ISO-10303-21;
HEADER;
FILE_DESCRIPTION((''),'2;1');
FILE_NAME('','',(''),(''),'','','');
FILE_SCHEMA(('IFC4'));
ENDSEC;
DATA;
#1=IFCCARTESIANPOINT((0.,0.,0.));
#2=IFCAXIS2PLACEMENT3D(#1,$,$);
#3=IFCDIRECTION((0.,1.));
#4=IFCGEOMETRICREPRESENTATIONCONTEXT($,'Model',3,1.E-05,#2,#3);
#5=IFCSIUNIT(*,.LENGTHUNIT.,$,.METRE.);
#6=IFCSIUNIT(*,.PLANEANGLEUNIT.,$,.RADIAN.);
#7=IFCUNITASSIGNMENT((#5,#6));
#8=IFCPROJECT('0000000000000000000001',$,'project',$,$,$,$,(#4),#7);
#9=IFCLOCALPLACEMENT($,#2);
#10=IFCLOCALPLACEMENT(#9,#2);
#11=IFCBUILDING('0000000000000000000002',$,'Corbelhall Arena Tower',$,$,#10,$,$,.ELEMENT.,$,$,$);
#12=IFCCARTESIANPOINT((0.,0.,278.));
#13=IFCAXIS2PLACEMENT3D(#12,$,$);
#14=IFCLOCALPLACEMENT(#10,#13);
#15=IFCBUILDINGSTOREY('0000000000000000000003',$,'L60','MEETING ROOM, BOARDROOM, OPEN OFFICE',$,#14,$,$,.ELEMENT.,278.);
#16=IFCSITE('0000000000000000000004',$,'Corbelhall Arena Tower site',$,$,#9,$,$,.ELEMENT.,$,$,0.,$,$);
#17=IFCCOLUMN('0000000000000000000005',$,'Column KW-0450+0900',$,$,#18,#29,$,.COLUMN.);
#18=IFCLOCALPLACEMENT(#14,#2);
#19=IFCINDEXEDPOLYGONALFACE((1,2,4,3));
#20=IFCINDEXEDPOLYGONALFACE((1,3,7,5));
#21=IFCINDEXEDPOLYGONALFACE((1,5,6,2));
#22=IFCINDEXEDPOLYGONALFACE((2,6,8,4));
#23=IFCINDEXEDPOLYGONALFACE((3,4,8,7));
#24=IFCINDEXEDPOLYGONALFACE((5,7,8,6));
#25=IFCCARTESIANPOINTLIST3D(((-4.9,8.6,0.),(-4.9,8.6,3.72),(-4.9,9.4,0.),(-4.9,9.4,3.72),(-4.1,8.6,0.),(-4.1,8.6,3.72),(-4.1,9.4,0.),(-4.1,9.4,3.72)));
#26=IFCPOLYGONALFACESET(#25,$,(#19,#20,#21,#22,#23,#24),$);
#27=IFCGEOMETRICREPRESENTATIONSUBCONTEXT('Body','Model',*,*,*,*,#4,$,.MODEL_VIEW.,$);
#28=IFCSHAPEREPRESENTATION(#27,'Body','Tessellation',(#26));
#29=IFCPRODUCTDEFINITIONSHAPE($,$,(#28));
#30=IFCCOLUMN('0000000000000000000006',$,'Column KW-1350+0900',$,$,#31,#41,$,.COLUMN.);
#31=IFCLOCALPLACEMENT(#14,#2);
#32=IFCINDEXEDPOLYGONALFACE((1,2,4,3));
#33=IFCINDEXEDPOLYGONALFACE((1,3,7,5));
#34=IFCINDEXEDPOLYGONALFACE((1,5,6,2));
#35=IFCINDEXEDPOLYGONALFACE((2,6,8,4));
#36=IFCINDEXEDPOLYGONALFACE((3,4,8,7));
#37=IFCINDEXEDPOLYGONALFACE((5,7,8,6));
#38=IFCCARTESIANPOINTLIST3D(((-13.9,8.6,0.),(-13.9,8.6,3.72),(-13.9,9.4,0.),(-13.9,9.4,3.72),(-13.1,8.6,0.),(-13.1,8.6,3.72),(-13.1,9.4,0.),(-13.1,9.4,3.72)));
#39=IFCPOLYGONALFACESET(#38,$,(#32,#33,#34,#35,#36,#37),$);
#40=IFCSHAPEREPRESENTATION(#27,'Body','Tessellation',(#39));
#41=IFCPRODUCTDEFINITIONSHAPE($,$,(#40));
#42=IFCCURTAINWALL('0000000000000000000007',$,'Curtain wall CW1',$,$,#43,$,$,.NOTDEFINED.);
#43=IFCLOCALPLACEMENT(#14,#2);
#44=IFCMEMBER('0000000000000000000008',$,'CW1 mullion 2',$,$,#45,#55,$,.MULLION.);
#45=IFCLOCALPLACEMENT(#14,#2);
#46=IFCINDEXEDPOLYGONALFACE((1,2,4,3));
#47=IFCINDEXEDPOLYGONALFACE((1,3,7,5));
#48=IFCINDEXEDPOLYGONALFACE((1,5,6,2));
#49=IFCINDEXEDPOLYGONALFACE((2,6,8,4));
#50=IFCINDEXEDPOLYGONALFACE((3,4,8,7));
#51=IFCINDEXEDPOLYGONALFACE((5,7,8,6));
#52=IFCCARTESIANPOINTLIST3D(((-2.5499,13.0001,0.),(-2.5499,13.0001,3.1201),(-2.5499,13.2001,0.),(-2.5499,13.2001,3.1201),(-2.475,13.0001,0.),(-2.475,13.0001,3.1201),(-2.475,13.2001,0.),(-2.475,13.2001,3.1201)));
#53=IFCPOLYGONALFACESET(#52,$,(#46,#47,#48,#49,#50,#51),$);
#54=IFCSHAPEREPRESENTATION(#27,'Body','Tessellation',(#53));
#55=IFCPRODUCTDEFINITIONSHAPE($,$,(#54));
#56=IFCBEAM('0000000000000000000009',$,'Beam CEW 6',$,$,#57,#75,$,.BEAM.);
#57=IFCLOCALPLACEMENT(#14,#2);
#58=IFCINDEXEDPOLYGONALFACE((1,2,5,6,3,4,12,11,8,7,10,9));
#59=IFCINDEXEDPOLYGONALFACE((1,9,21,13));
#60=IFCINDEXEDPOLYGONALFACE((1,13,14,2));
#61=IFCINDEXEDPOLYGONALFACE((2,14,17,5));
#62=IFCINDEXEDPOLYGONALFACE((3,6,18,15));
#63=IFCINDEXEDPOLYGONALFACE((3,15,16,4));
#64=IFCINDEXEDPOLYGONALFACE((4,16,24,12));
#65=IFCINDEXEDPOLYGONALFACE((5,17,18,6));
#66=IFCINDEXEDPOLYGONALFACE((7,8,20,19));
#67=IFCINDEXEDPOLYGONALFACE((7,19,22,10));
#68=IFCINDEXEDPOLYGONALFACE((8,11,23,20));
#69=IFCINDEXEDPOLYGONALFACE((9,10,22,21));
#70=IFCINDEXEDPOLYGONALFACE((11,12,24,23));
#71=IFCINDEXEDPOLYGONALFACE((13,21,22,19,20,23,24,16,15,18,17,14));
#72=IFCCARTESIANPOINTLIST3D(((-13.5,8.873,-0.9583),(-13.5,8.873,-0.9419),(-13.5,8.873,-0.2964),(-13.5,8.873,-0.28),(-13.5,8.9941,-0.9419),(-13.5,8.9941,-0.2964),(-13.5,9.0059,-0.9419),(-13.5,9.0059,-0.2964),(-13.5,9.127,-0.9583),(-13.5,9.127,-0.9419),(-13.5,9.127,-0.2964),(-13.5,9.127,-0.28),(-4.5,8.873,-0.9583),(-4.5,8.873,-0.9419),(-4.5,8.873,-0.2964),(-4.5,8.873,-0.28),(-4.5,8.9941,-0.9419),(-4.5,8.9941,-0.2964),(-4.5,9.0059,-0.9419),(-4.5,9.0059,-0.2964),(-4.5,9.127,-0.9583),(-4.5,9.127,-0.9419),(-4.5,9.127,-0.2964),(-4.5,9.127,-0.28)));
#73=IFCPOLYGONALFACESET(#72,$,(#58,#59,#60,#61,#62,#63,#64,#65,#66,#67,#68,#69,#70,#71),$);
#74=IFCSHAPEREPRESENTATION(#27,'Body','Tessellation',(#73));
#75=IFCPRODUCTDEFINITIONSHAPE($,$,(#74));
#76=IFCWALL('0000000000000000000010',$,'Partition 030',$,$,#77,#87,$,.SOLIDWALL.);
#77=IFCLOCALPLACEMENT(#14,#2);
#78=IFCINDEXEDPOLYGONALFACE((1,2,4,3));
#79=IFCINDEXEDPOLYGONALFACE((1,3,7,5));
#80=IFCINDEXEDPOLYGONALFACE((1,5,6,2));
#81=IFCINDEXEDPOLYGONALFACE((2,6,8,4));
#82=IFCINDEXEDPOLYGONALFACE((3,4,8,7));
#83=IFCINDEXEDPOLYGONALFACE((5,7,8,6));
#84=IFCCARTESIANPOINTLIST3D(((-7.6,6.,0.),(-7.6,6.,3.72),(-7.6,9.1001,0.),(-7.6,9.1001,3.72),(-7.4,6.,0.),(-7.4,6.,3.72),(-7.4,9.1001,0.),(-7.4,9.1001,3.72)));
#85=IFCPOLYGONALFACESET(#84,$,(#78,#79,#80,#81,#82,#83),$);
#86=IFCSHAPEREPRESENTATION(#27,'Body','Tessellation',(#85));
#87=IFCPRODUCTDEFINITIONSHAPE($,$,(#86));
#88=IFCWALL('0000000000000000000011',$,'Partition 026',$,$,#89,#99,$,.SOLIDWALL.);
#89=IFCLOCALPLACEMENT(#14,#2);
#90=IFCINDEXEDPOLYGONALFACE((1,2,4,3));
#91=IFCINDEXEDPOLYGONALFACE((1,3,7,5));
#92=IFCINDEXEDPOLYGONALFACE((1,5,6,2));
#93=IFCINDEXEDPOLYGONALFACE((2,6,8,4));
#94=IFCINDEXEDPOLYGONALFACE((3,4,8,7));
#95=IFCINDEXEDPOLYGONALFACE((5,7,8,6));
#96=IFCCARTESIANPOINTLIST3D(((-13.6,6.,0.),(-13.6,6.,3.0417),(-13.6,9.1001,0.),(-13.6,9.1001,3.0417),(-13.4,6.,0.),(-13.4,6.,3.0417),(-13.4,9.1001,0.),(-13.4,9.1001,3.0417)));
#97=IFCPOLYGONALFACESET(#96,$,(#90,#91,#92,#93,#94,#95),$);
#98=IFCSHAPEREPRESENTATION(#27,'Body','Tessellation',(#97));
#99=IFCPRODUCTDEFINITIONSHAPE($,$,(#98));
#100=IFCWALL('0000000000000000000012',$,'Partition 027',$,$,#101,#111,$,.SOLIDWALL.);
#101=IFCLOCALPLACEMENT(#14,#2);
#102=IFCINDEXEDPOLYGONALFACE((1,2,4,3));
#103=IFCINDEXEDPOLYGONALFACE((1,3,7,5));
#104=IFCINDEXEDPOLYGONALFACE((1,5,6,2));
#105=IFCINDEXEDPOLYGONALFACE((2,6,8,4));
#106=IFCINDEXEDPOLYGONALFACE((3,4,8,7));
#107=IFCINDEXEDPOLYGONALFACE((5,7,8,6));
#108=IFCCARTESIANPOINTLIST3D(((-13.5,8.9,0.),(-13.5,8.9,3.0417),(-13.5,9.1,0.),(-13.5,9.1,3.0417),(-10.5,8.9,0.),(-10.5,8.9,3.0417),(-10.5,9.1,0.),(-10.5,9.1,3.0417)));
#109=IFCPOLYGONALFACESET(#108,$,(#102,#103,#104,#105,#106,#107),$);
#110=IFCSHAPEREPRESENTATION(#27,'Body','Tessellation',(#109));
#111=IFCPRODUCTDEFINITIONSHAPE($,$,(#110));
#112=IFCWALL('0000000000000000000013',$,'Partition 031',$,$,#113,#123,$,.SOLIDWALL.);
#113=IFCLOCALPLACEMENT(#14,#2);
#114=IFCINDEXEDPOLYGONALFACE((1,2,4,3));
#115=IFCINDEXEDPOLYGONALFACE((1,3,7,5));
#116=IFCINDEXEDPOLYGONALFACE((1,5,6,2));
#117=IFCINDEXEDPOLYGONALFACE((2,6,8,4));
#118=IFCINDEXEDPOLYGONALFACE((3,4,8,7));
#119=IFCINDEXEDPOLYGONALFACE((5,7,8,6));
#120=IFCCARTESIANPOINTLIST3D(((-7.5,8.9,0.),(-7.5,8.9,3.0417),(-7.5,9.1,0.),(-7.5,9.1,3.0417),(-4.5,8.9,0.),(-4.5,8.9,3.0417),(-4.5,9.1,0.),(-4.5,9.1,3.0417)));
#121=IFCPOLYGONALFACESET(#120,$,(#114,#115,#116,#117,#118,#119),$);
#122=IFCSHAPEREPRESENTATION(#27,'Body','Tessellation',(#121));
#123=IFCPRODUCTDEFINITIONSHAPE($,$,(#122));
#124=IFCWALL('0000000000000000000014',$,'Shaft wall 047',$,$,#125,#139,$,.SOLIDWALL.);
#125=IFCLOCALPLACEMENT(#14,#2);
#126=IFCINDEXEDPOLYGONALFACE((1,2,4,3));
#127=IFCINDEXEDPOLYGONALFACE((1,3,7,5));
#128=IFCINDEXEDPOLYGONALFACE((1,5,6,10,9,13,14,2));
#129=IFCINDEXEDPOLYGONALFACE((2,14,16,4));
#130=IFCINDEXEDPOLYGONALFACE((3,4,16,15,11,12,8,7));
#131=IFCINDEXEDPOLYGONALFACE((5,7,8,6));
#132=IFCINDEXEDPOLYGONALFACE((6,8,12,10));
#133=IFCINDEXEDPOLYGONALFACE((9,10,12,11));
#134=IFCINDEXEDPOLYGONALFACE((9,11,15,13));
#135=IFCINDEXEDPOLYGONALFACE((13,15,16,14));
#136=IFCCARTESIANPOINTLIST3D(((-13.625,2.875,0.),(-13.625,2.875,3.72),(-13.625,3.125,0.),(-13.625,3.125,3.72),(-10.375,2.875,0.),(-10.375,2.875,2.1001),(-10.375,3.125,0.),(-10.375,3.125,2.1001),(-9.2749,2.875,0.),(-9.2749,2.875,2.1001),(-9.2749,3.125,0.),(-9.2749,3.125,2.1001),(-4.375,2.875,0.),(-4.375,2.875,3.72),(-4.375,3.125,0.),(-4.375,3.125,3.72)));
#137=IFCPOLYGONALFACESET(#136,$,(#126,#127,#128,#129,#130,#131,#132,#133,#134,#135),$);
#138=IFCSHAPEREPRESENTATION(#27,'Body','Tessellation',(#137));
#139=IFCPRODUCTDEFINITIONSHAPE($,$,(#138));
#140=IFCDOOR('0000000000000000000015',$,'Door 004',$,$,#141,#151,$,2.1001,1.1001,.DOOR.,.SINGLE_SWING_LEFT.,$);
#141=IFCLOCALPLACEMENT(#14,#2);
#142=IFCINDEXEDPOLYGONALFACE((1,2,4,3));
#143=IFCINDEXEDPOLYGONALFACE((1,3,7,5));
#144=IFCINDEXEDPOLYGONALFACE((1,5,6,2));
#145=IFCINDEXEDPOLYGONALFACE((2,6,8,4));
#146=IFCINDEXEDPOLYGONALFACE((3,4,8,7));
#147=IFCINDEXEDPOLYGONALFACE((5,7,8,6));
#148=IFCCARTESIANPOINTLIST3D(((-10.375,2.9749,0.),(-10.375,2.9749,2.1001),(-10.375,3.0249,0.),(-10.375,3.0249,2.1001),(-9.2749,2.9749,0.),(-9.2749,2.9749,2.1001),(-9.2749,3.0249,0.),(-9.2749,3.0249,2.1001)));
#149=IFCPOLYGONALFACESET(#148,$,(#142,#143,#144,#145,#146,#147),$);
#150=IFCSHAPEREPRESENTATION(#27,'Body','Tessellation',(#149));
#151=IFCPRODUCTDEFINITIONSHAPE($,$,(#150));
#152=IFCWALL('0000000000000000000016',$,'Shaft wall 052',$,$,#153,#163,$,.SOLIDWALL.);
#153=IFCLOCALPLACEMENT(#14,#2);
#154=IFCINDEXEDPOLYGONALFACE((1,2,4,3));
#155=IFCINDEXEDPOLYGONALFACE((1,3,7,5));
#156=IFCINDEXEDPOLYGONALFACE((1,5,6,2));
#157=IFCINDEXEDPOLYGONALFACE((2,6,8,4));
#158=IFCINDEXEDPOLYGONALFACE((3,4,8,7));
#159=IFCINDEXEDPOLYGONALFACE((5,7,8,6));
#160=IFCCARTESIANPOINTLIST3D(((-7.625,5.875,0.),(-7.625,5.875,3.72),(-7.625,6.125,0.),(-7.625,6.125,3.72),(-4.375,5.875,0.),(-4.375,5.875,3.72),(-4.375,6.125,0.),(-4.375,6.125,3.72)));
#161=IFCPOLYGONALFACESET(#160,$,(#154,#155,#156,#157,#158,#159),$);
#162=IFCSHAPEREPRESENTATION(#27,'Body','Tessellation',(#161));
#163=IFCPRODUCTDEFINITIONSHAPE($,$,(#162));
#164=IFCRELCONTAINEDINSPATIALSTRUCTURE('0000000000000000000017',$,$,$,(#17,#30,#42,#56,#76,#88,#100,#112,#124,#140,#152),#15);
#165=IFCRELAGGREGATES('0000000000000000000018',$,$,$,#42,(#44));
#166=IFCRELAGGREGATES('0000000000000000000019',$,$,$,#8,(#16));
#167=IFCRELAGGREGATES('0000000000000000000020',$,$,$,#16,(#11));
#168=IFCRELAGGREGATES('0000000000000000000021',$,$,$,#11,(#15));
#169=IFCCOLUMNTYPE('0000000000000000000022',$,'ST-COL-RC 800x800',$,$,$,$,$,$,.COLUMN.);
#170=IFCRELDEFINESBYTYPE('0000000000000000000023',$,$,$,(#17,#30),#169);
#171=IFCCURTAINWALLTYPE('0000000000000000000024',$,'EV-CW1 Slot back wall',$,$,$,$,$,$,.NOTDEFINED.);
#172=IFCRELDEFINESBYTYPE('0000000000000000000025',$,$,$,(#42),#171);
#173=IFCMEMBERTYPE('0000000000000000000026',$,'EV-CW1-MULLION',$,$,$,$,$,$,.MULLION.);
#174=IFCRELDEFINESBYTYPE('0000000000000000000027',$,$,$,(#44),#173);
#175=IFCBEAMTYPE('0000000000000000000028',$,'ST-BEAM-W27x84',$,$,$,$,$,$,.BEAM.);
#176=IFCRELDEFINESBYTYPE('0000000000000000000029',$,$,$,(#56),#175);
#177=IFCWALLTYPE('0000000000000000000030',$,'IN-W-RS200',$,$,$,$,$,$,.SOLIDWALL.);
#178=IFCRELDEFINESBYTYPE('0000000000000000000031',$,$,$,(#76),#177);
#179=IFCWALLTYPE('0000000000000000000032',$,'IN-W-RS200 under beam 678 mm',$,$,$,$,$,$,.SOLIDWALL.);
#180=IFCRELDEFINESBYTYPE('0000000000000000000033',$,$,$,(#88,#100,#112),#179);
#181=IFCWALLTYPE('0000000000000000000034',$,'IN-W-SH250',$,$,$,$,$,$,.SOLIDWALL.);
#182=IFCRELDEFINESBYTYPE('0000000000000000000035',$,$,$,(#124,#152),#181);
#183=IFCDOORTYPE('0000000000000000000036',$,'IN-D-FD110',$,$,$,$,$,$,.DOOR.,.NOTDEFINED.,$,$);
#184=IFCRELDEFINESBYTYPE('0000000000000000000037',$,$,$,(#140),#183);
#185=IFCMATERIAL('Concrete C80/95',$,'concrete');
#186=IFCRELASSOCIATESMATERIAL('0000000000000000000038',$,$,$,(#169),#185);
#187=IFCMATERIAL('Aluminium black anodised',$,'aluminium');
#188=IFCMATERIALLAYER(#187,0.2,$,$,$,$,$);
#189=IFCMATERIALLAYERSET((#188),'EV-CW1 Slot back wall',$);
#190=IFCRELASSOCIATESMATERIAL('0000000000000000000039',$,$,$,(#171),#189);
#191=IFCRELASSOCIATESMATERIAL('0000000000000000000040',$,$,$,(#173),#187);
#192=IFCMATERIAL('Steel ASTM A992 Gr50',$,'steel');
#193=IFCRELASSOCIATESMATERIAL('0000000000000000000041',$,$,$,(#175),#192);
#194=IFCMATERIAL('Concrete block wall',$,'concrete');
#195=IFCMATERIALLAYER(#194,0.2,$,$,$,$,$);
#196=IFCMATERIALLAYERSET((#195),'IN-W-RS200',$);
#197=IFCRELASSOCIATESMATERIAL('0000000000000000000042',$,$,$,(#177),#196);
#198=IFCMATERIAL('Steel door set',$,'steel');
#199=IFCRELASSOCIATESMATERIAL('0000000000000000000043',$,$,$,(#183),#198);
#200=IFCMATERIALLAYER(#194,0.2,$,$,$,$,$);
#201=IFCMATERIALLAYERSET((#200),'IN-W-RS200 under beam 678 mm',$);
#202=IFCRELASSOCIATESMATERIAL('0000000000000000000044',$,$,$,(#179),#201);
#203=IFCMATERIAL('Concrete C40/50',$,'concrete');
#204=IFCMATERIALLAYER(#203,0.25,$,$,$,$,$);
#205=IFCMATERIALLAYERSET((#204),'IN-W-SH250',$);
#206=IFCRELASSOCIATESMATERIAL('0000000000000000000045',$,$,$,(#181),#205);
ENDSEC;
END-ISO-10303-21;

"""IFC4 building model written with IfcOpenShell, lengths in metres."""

from ifc_helpers import new_model, si_unit, direction, frame, frame_2d, origin, origin_2d, place, context, subcontext, project, spatial, rectangle, i_section, extrude, material, layer, layer_set, material_profile, profile_set, type_object, element, fill, aggregate, save


model = new_model("IFC4")

# Units and contexts
model_context = context("Model", 3, precision=1e-05, world=origin(), true_north=direction((0.0, 1.0)))
body_context = subcontext(model_context, "Body", "Model", "MODEL_VIEW")
ifc_project = project(units=[si_unit("LENGTHUNIT", "METRE"), si_unit("PLANEANGLEUNIT", "RADIAN")], contexts=[model_context])

# Site, building, storey
site_placement = place(None, origin())
site = spatial("IfcSite", under=ifc_project, at=site_placement, Name="Corbelhall Arena Tower site", CompositionType="ELEMENT", RefElevation=0.0)
building_placement = place(site_placement, origin())
building = spatial("IfcBuilding", under=site, at=building_placement, Name="Corbelhall Arena Tower", CompositionType="ELEMENT")
storey_placement = place(building_placement, frame((0.0, 0.0, 278.0)))
storey = spatial("IfcBuildingStorey", under=building, at=storey_placement, Name="L60", Description="MEETING ROOM, BOARDROOM, OPEN OFFICE", CompositionType="ELEMENT", Elevation=278.0)

# Columns
ifc_material_1 = material(Name="Concrete C80/95", Category="concrete")
ifc_material_profile_1 = material_profile(ifc_material_1, rectangle(XDim=0.8, YDim=0.8, at=origin_2d()))
ifc_profile_set_1 = profile_set([ifc_material_profile_1], Name="Concrete C80/95")
column_type = type_object("IfcColumnType", Name="ST-COL-RC 800x800", PredefinedType="COLUMN", material=ifc_profile_set_1)
for number, where, z_axis, x_axis, name in (
    (1, (-4.5, 9.0, 0.0), (0.0, 0.0, 1.0), (1.0, 0.0, 0.0), "Column KW-0450+0900"),
    (2, (-13.5, 9.0, 0.0), (0.0, 0.0, 1.0), (1.0, 0.0, 0.0), "Column KW-1350+0900"),
):
    element("IfcColumn", number, at=place(storey_placement, frame(where, z_axis=z_axis, x_axis=x_axis)), inside=storey, type_object=column_type, Name=name, PredefinedType="COLUMN", context=body_context, shape_type="SweptSolid", body=[
        extrude(rectangle(XDim=0.8, YDim=0.8, at=origin_2d()), origin(), (0.0, 0.0, 1.0), 3.72),
    ])

# Curtain wall, member
ifc_material_2 = material(Name="Aluminium black anodised", Category="aluminium")
ifc_layer_1 = layer(ifc_material_2, 0.2)
ifc_layer_set_1 = layer_set([ifc_layer_1], Name="EV-CW1 Slot back wall")
curtain_wall_type = type_object("IfcCurtainWallType", Name="EV-CW1 Slot back wall", PredefinedType="NOTDEFINED", material=ifc_layer_set_1)
curtain_wall_placement = place(storey_placement, origin())
curtain_wall = element("IfcCurtainWall", 3, at=curtain_wall_placement, inside=storey, type_object=curtain_wall_type, Name="Curtain wall CW1", PredefinedType="NOTDEFINED")
ifc_material_profile_2 = material_profile(ifc_material_2, rectangle(XDim=0.2, YDim=0.075, at=origin_2d()))
ifc_profile_set_2 = profile_set([ifc_material_profile_2], Name="Aluminium black anodised")
member_type = type_object("IfcMemberType", Name="EV-CW1-MULLION", PredefinedType="MULLION", material=ifc_profile_set_2)
member_placement = place(storey_placement, frame((-2.5125, 13.1001, 0.0), z_axis=(0.0, 0.0, 1.0), x_axis=(0.0, -1.0, 0.0)))
member = element("IfcMember", 4, at=member_placement, type_object=member_type, Name="CW1 mullion 2", PredefinedType="MULLION", context=body_context, shape_type="SweptSolid", body=[
    extrude(rectangle(XDim=0.2, YDim=0.075, at=origin_2d()), origin(), (0.0, 0.0, 1.0), 3.1201),
])
aggregate(curtain_wall, [member])

# Beam
ifc_material_3 = material(Name="Steel ASTM A992 Gr50", Category="steel")
ifc_material_profile_3 = material_profile(ifc_material_3, i_section(OverallWidth=0.2539, OverallDepth=0.6782, WebThickness=0.0117, FlangeThickness=0.0164, at=origin_2d()))
ifc_profile_set_3 = profile_set([ifc_material_profile_3], Name="Steel ASTM A992 Gr50")
beam_type = type_object("IfcBeamType", Name="ST-BEAM-W27x84", PredefinedType="BEAM", material=ifc_profile_set_3)
beam_placement = place(storey_placement, frame((-13.5, 9.0, -0.6191), z_axis=(1.0, 0.0, 0.0), x_axis=(0.0, 1.0, 0.0)))
element("IfcBeam", 5, at=beam_placement, inside=storey, type_object=beam_type, Name="Beam CEW 6", PredefinedType="BEAM", context=body_context, shape_type="SweptSolid", body=[
    extrude(i_section(OverallWidth=0.2539, OverallDepth=0.6782, WebThickness=0.0117, FlangeThickness=0.0164, at=origin_2d()), origin(), (0.0, 0.0, 1.0), 9.0),
])

# Shared definitions
ifc_material_4 = material(Name="Concrete block wall", Category="concrete")
ifc_layer_2 = layer(ifc_material_4, 0.2)
ifc_layer_set_2 = layer_set([ifc_layer_2], Name="IN-W-RS200")
wall_type_1 = type_object("IfcWallType", Name="IN-W-RS200", PredefinedType="SOLIDWALL", material=ifc_layer_set_2)
ifc_material_5 = material(Name="Steel door set", Category="steel")
door_type_1 = type_object("IfcDoorType", Name="IN-D-FD110", OperationType="NOTDEFINED", PredefinedType="DOOR", material=ifc_material_5)

# Walls
wall_1_placement = place(storey_placement, frame((-7.5, 6.0, 0.0), z_axis=(0.0, 0.0, 1.0), x_axis=(0.0, 1.0, 0.0)))
element("IfcWall", 6, at=wall_1_placement, inside=storey, type_object=wall_type_1, Name="Partition 030", PredefinedType="SOLIDWALL", context=body_context, shape_type="SweptSolid", body=[
    extrude(rectangle(XDim=3.1001, YDim=0.2, at=frame_2d((1.55, 0.0))), origin(), (0.0, 0.0, 1.0), 3.72),
])
ifc_layer_3 = layer(ifc_material_4, 0.2)
ifc_layer_set_3 = layer_set([ifc_layer_3], Name="IN-W-RS200 under beam 678 mm")
wall_type_2 = type_object("IfcWallType", Name="IN-W-RS200 under beam 678 mm", PredefinedType="SOLIDWALL", material=ifc_layer_set_3)
wall_2_placement = place(storey_placement, frame((-13.5, 6.0, 0.0), z_axis=(0.0, 0.0, 1.0), x_axis=(0.0, 1.0, 0.0)))
element("IfcWall", 7, at=wall_2_placement, inside=storey, type_object=wall_type_2, Name="Partition 026", PredefinedType="SOLIDWALL", context=body_context, shape_type="SweptSolid", body=[
    extrude(rectangle(XDim=3.1001, YDim=0.2, at=frame_2d((1.55, 0.0))), origin(), (0.0, 0.0, 1.0), 3.0417),
])
for number, where, z_axis, x_axis, name in (
    (8, (-13.5, 9.0, 0.0), (0.0, 0.0, 1.0), (1.0, 0.0, 0.0), "Partition 027"),
    (9, (-7.5, 9.0, 0.0), (0.0, 0.0, 1.0), (1.0, 0.0, 0.0), "Partition 031"),
):
    element("IfcWall", number, at=place(storey_placement, frame(where, z_axis=z_axis, x_axis=x_axis)), inside=storey, type_object=wall_type_2, Name=name, PredefinedType="SOLIDWALL", context=body_context, shape_type="SweptSolid", body=[
        extrude(rectangle(XDim=3.0, YDim=0.2, at=frame_2d((1.5, 0.0))), origin(), (0.0, 0.0, 1.0), 3.0417),
    ])

# Wall, opening, door
ifc_material_6 = material(Name="Concrete C40/50", Category="concrete")
ifc_layer_4 = layer(ifc_material_6, 0.25)
ifc_layer_set_4 = layer_set([ifc_layer_4], Name="IN-W-SH250")
wall_type_3 = type_object("IfcWallType", Name="IN-W-SH250", PredefinedType="SOLIDWALL", material=ifc_layer_set_4)
wall_3_placement = place(storey_placement, frame((-13.625, 3.0, 0.0), z_axis=(0.0, 0.0, 1.0), x_axis=(1.0, 0.0, 0.0)))
wall_3 = element("IfcWall", 10, at=wall_3_placement, inside=storey, type_object=wall_type_3, Name="Shaft wall 047", PredefinedType="SOLIDWALL", context=body_context, shape_type="SweptSolid", body=[
    extrude(rectangle(XDim=9.25, YDim=0.25, at=frame_2d((4.625, 0.0))), origin(), (0.0, 0.0, 1.0), 3.72),
])
opening_1_placement = place(wall_3_placement, frame((3.25, 0.0, 0.0)))
opening_1 = element("IfcOpeningElement", 11, at=opening_1_placement, cuts=wall_3, PredefinedType="OPENING", context=body_context, shape_type="SweptSolid", body=[
    extrude(rectangle(XDim=1.1001, YDim=2.1001, at=frame_2d((0.55, 1.05))), frame((0.0, 0.125, 0.0), z_axis=(0.0, -1.0, 0.0), x_axis=(1.0, 0.0, 0.0)), (0.0, 0.0, 1.0), 0.25),
])
door_1_placement = place(opening_1_placement, origin())
door_1 = element("IfcDoor", 12, at=door_1_placement, inside=storey, type_object=door_type_1, Name="Door 004", OperationType="SINGLE_SWING_LEFT", OverallHeight=2.1001, OverallWidth=1.1001, PredefinedType="DOOR", context=body_context, shape_type="SweptSolid", body=[
    extrude(rectangle(XDim=1.1001, YDim=2.1001, at=frame_2d((0.55, 1.05))), frame((0.0, 0.0249, 0.0), z_axis=(0.0, -1.0, 0.0), x_axis=(1.0, 0.0, 0.0)), (0.0, 0.0, 1.0), 0.05),
])
fill(opening_1, door_1)

# Wall
wall_4_placement = place(storey_placement, frame((-7.625, 6.0, 0.0), z_axis=(0.0, 0.0, 1.0), x_axis=(1.0, 0.0, 0.0)))
element("IfcWall", 13, at=wall_4_placement, inside=storey, type_object=wall_type_3, Name="Shaft wall 052", PredefinedType="SOLIDWALL", context=body_context, shape_type="SweptSolid", body=[
    extrude(rectangle(XDim=3.25, YDim=0.25, at=frame_2d((1.625, 0.0))), origin(), (0.0, 0.0, 1.0), 3.72),
])

save(model, "model.ifc")
